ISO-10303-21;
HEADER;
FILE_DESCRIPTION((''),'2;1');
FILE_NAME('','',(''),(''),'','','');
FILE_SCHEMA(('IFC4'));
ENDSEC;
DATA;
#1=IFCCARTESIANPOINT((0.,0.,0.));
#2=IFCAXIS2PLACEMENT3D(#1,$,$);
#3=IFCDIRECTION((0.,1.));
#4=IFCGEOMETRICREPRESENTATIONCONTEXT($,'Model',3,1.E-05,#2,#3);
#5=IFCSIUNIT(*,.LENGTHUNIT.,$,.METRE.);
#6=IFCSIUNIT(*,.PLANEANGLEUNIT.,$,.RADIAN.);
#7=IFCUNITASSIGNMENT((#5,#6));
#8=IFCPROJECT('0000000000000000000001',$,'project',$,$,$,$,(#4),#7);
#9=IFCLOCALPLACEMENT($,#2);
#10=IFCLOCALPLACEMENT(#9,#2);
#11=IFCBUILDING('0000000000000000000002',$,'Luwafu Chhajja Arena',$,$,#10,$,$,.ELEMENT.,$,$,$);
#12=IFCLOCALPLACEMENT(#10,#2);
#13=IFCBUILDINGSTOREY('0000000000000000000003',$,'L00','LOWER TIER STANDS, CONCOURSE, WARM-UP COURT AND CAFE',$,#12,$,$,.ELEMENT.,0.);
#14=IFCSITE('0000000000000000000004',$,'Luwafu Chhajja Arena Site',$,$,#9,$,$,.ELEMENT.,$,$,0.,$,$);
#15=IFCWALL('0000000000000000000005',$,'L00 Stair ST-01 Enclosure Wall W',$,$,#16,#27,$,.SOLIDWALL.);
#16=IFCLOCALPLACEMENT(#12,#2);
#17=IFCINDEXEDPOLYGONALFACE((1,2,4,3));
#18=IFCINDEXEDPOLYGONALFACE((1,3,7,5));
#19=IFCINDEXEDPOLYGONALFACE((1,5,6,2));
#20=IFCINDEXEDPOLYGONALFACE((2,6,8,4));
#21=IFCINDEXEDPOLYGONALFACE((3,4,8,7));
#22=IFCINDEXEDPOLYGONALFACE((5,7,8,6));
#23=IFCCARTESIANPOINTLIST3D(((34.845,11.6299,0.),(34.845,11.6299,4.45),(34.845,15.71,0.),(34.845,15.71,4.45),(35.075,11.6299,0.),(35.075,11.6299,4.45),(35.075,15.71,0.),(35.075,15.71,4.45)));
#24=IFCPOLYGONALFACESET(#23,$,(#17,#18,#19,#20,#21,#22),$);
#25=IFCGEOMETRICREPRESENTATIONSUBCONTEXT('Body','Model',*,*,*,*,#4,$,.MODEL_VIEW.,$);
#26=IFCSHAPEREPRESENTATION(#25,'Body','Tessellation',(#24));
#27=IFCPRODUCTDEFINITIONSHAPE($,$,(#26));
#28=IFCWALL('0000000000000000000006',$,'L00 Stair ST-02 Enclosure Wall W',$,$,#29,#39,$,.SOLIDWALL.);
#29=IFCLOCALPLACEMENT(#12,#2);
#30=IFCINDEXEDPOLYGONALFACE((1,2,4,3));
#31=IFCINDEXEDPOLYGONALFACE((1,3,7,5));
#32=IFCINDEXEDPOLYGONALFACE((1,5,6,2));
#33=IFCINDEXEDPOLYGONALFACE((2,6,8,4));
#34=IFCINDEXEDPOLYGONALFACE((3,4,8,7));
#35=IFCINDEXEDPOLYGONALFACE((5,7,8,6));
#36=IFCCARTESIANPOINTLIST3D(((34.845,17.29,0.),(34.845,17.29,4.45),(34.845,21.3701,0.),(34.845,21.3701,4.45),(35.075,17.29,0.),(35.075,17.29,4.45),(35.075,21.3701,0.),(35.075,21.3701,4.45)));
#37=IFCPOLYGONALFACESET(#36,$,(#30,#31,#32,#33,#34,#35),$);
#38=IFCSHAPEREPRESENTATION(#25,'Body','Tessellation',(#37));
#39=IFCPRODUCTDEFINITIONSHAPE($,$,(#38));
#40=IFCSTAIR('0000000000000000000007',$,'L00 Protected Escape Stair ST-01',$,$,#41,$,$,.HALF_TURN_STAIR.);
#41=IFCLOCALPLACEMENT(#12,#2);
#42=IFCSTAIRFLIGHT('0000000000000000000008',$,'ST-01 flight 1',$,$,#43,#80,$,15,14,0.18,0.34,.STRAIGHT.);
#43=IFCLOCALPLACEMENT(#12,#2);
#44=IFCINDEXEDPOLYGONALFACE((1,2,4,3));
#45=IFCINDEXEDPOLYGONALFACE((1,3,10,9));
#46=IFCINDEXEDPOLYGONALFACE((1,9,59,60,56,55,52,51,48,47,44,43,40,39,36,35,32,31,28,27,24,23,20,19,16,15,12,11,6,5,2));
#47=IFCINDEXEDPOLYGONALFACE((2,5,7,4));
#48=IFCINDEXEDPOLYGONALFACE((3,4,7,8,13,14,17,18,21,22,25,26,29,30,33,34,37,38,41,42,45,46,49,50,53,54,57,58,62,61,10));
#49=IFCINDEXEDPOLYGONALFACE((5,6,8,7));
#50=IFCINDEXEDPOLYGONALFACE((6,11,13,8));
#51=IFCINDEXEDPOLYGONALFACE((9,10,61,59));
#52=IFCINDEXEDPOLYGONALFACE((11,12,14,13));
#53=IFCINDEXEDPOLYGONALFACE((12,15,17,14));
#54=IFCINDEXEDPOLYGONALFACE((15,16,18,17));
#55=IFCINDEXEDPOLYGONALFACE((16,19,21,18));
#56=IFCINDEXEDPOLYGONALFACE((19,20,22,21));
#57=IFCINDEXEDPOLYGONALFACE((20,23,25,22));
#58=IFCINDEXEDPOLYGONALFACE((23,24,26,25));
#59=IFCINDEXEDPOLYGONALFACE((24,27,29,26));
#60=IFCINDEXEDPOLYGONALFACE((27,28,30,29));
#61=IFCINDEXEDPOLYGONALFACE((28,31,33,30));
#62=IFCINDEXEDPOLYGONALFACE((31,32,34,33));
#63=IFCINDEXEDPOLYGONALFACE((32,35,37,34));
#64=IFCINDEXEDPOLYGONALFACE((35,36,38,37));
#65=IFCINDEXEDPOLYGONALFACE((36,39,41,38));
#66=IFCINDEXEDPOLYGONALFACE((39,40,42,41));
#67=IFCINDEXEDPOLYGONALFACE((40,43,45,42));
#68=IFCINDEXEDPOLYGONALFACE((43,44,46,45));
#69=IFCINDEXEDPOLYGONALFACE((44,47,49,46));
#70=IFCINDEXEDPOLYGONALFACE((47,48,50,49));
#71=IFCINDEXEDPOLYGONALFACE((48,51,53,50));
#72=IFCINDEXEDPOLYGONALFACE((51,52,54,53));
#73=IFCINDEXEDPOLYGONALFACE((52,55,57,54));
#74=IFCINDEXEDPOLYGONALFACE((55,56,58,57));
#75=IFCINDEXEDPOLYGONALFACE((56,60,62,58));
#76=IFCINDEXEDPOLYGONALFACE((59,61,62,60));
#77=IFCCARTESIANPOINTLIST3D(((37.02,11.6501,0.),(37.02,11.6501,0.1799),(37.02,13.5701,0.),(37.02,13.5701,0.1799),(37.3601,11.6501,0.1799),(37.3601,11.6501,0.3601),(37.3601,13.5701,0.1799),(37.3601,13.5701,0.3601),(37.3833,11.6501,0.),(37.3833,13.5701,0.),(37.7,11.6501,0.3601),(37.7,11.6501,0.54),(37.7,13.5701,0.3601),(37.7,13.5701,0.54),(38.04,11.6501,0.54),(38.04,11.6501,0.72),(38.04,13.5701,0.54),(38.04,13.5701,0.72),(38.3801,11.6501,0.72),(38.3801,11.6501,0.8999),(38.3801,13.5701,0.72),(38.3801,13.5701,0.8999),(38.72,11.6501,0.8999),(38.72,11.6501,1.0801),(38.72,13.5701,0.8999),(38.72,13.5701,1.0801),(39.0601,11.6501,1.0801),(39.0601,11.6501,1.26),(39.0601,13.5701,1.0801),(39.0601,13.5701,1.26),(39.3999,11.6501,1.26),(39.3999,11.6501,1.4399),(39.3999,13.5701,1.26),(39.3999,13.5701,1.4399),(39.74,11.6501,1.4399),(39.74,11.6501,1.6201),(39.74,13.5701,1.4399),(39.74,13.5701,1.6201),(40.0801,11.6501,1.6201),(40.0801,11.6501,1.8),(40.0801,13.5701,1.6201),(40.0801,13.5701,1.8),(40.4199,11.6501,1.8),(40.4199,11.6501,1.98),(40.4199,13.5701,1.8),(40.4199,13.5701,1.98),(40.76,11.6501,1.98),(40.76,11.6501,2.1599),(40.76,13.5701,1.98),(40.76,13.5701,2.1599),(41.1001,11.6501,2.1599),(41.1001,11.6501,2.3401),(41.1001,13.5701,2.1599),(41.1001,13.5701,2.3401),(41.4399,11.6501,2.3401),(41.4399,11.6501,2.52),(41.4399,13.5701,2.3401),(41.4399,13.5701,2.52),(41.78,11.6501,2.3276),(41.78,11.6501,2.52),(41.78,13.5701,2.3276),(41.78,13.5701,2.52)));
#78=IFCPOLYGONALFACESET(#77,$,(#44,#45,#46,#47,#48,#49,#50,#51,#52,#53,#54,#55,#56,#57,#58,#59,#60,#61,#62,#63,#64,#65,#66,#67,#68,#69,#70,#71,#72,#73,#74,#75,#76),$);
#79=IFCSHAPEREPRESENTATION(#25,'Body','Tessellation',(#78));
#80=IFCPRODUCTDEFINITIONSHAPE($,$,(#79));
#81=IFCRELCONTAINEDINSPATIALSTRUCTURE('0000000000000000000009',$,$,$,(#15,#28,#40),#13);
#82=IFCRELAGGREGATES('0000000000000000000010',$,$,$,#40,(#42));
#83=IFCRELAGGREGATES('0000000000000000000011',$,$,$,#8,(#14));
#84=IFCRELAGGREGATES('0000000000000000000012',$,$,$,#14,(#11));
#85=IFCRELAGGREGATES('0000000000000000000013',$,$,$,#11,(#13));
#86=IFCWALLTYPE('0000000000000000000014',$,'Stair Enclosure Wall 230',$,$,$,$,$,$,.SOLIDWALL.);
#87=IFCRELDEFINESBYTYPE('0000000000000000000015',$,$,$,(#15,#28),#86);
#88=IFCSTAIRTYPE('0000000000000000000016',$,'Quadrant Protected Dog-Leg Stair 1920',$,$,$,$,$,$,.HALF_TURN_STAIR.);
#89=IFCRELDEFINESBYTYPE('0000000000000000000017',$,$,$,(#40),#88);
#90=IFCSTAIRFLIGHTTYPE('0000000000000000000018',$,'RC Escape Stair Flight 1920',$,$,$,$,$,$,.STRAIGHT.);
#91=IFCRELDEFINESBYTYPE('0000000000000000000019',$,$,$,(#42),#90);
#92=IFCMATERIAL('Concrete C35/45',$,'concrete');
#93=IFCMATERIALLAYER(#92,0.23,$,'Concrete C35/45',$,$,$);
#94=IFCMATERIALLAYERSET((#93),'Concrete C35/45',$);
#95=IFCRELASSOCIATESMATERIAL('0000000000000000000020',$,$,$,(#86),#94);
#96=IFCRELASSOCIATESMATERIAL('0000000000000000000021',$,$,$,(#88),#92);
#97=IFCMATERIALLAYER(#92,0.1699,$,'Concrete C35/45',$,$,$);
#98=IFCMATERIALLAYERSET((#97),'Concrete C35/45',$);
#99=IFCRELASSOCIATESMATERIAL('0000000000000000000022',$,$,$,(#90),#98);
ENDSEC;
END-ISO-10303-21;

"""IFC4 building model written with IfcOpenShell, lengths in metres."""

from ifc_helpers import new_model, si_unit, direction, frame, frame_2d, origin, place, context, subcontext, project, spatial, polyline, rectangle, outline, extrude, material, layer, layer_set, type_object, element, aggregate, save


model = new_model("IFC4")

# Units and contexts
model_context = context("Model", 3, precision=1e-05, world=origin(), true_north=direction((0.0, 1.0)))
body_context = subcontext(model_context, "Body", "Model", "MODEL_VIEW")
ifc_project = project(units=[si_unit("LENGTHUNIT", "METRE"), si_unit("PLANEANGLEUNIT", "RADIAN")], contexts=[model_context])

# Site, building, storey
site_placement = place(None, origin())
site = spatial("IfcSite", under=ifc_project, at=site_placement, Name="Luwafu Chhajja Arena Site", CompositionType="ELEMENT", RefElevation=0.0)
building_placement = place(site_placement, origin())
building = spatial("IfcBuilding", under=site, at=building_placement, Name="Luwafu Chhajja Arena", CompositionType="ELEMENT")
storey_placement = place(building_placement, origin())
storey = spatial("IfcBuildingStorey", under=building, at=storey_placement, Name="L00", Description="LOWER TIER STANDS, CONCOURSE, WARM-UP COURT AND CAFE", CompositionType="ELEMENT", Elevation=0.0)

# Shared definitions
ifc_material_1 = material(Name="Concrete C35/45", Category="concrete")

# Walls
ifc_layer_1 = layer(ifc_material_1, 0.23, Name="Concrete C35/45")
ifc_layer_set_1 = layer_set([ifc_layer_1], Name="Concrete C35/45")
wall_type_1 = type_object("IfcWallType", Name="Stair Enclosure Wall 230", PredefinedType="SOLIDWALL", material=ifc_layer_set_1)
for number, where, z_axis, x_axis, name in (
    (1, (34.96, 11.6299, 0.0), (0.0, 0.0, 1.0), (0.0, 1.0, 0.0), "L00 Stair ST-01 Enclosure Wall W"),
    (2, (34.96, 17.29, 0.0), (0.0, 0.0, 1.0), (0.0, 1.0, 0.0), "L00 Stair ST-02 Enclosure Wall W"),
):
    element("IfcWall", number, at=place(storey_placement, frame(where, z_axis=z_axis, x_axis=x_axis)), inside=storey, type_object=wall_type_1, Name=name, PredefinedType="SOLIDWALL", context=body_context, shape_type="SweptSolid", body=[
        extrude(rectangle(XDim=4.0801, YDim=0.23, at=frame_2d((2.04, 0.0))), origin(), (0.0, 0.0, 1.0), 4.45),
    ])

# Stair, stair flight
stair_type = type_object("IfcStairType", Name="Quadrant Protected Dog-Leg Stair 1920", PredefinedType="HALF_TURN_STAIR", material=ifc_material_1)
stair_placement = place(storey_placement, origin())
stair = element("IfcStair", 3, at=stair_placement, inside=storey, type_object=stair_type, Name="L00 Protected Escape Stair ST-01", PredefinedType="HALF_TURN_STAIR")
ifc_layer_2 = layer(ifc_material_1, 0.1699, Name="Concrete C35/45")
ifc_layer_set_2 = layer_set([ifc_layer_2], Name="Concrete C35/45")
stair_flight_type = type_object("IfcStairFlightType", Name="RC Escape Stair Flight 1920", PredefinedType="STRAIGHT", material=ifc_layer_set_2)
stair_flight_placement = place(storey_placement, frame((37.02, 12.6101, 0.0), z_axis=(0.0, 0.0, 1.0), x_axis=(1.0, 0.0, 0.0)))
stair_flight = element("IfcStairFlight", 4, at=stair_flight_placement, type_object=stair_flight_type, Name="ST-01 flight 1", NumberOfRisers=15, NumberOfTreads=14, PredefinedType="STRAIGHT", RiserHeight=0.18, TreadLength=0.34, context=body_context, shape_type="SweptSolid", body=[
    extrude(outline(polyline([(0.0, 0.0), (0.0, 0.1799), (0.3401, 0.1799), (0.3401, 0.3601), (0.6799, 0.3601), (0.6799, 0.54), (1.02, 0.54), (1.02, 0.72), (1.3601, 0.72), (1.3601, 0.8999), (1.7, 0.8999), (1.7, 1.0801), (2.04, 1.0801), (2.04, 1.26), (2.3799, 1.26), (2.3799, 1.4399), (2.72, 1.4399), (2.72, 1.6201), (3.0601, 1.6201), (3.0601, 1.8), (3.3999, 1.8), (3.3999, 1.98), (3.74, 1.98), (3.74, 2.1599), (4.0801, 2.1599), (4.0801, 2.3401), (4.4199, 2.3401), (4.4199, 2.52), (4.76, 2.52), (4.76, 2.7), (4.76, 2.3276), (0.3633, 0.0), (0.0, 0.0)])), frame((0.0, 0.96, 0.0), z_axis=(0.0, -1.0, 0.0), x_axis=(1.0, 0.0, 0.0)), (0.0, 0.0, 1.0), 1.9199),
])
aggregate(stair, [stair_flight])

save(model, "model.ifc")
